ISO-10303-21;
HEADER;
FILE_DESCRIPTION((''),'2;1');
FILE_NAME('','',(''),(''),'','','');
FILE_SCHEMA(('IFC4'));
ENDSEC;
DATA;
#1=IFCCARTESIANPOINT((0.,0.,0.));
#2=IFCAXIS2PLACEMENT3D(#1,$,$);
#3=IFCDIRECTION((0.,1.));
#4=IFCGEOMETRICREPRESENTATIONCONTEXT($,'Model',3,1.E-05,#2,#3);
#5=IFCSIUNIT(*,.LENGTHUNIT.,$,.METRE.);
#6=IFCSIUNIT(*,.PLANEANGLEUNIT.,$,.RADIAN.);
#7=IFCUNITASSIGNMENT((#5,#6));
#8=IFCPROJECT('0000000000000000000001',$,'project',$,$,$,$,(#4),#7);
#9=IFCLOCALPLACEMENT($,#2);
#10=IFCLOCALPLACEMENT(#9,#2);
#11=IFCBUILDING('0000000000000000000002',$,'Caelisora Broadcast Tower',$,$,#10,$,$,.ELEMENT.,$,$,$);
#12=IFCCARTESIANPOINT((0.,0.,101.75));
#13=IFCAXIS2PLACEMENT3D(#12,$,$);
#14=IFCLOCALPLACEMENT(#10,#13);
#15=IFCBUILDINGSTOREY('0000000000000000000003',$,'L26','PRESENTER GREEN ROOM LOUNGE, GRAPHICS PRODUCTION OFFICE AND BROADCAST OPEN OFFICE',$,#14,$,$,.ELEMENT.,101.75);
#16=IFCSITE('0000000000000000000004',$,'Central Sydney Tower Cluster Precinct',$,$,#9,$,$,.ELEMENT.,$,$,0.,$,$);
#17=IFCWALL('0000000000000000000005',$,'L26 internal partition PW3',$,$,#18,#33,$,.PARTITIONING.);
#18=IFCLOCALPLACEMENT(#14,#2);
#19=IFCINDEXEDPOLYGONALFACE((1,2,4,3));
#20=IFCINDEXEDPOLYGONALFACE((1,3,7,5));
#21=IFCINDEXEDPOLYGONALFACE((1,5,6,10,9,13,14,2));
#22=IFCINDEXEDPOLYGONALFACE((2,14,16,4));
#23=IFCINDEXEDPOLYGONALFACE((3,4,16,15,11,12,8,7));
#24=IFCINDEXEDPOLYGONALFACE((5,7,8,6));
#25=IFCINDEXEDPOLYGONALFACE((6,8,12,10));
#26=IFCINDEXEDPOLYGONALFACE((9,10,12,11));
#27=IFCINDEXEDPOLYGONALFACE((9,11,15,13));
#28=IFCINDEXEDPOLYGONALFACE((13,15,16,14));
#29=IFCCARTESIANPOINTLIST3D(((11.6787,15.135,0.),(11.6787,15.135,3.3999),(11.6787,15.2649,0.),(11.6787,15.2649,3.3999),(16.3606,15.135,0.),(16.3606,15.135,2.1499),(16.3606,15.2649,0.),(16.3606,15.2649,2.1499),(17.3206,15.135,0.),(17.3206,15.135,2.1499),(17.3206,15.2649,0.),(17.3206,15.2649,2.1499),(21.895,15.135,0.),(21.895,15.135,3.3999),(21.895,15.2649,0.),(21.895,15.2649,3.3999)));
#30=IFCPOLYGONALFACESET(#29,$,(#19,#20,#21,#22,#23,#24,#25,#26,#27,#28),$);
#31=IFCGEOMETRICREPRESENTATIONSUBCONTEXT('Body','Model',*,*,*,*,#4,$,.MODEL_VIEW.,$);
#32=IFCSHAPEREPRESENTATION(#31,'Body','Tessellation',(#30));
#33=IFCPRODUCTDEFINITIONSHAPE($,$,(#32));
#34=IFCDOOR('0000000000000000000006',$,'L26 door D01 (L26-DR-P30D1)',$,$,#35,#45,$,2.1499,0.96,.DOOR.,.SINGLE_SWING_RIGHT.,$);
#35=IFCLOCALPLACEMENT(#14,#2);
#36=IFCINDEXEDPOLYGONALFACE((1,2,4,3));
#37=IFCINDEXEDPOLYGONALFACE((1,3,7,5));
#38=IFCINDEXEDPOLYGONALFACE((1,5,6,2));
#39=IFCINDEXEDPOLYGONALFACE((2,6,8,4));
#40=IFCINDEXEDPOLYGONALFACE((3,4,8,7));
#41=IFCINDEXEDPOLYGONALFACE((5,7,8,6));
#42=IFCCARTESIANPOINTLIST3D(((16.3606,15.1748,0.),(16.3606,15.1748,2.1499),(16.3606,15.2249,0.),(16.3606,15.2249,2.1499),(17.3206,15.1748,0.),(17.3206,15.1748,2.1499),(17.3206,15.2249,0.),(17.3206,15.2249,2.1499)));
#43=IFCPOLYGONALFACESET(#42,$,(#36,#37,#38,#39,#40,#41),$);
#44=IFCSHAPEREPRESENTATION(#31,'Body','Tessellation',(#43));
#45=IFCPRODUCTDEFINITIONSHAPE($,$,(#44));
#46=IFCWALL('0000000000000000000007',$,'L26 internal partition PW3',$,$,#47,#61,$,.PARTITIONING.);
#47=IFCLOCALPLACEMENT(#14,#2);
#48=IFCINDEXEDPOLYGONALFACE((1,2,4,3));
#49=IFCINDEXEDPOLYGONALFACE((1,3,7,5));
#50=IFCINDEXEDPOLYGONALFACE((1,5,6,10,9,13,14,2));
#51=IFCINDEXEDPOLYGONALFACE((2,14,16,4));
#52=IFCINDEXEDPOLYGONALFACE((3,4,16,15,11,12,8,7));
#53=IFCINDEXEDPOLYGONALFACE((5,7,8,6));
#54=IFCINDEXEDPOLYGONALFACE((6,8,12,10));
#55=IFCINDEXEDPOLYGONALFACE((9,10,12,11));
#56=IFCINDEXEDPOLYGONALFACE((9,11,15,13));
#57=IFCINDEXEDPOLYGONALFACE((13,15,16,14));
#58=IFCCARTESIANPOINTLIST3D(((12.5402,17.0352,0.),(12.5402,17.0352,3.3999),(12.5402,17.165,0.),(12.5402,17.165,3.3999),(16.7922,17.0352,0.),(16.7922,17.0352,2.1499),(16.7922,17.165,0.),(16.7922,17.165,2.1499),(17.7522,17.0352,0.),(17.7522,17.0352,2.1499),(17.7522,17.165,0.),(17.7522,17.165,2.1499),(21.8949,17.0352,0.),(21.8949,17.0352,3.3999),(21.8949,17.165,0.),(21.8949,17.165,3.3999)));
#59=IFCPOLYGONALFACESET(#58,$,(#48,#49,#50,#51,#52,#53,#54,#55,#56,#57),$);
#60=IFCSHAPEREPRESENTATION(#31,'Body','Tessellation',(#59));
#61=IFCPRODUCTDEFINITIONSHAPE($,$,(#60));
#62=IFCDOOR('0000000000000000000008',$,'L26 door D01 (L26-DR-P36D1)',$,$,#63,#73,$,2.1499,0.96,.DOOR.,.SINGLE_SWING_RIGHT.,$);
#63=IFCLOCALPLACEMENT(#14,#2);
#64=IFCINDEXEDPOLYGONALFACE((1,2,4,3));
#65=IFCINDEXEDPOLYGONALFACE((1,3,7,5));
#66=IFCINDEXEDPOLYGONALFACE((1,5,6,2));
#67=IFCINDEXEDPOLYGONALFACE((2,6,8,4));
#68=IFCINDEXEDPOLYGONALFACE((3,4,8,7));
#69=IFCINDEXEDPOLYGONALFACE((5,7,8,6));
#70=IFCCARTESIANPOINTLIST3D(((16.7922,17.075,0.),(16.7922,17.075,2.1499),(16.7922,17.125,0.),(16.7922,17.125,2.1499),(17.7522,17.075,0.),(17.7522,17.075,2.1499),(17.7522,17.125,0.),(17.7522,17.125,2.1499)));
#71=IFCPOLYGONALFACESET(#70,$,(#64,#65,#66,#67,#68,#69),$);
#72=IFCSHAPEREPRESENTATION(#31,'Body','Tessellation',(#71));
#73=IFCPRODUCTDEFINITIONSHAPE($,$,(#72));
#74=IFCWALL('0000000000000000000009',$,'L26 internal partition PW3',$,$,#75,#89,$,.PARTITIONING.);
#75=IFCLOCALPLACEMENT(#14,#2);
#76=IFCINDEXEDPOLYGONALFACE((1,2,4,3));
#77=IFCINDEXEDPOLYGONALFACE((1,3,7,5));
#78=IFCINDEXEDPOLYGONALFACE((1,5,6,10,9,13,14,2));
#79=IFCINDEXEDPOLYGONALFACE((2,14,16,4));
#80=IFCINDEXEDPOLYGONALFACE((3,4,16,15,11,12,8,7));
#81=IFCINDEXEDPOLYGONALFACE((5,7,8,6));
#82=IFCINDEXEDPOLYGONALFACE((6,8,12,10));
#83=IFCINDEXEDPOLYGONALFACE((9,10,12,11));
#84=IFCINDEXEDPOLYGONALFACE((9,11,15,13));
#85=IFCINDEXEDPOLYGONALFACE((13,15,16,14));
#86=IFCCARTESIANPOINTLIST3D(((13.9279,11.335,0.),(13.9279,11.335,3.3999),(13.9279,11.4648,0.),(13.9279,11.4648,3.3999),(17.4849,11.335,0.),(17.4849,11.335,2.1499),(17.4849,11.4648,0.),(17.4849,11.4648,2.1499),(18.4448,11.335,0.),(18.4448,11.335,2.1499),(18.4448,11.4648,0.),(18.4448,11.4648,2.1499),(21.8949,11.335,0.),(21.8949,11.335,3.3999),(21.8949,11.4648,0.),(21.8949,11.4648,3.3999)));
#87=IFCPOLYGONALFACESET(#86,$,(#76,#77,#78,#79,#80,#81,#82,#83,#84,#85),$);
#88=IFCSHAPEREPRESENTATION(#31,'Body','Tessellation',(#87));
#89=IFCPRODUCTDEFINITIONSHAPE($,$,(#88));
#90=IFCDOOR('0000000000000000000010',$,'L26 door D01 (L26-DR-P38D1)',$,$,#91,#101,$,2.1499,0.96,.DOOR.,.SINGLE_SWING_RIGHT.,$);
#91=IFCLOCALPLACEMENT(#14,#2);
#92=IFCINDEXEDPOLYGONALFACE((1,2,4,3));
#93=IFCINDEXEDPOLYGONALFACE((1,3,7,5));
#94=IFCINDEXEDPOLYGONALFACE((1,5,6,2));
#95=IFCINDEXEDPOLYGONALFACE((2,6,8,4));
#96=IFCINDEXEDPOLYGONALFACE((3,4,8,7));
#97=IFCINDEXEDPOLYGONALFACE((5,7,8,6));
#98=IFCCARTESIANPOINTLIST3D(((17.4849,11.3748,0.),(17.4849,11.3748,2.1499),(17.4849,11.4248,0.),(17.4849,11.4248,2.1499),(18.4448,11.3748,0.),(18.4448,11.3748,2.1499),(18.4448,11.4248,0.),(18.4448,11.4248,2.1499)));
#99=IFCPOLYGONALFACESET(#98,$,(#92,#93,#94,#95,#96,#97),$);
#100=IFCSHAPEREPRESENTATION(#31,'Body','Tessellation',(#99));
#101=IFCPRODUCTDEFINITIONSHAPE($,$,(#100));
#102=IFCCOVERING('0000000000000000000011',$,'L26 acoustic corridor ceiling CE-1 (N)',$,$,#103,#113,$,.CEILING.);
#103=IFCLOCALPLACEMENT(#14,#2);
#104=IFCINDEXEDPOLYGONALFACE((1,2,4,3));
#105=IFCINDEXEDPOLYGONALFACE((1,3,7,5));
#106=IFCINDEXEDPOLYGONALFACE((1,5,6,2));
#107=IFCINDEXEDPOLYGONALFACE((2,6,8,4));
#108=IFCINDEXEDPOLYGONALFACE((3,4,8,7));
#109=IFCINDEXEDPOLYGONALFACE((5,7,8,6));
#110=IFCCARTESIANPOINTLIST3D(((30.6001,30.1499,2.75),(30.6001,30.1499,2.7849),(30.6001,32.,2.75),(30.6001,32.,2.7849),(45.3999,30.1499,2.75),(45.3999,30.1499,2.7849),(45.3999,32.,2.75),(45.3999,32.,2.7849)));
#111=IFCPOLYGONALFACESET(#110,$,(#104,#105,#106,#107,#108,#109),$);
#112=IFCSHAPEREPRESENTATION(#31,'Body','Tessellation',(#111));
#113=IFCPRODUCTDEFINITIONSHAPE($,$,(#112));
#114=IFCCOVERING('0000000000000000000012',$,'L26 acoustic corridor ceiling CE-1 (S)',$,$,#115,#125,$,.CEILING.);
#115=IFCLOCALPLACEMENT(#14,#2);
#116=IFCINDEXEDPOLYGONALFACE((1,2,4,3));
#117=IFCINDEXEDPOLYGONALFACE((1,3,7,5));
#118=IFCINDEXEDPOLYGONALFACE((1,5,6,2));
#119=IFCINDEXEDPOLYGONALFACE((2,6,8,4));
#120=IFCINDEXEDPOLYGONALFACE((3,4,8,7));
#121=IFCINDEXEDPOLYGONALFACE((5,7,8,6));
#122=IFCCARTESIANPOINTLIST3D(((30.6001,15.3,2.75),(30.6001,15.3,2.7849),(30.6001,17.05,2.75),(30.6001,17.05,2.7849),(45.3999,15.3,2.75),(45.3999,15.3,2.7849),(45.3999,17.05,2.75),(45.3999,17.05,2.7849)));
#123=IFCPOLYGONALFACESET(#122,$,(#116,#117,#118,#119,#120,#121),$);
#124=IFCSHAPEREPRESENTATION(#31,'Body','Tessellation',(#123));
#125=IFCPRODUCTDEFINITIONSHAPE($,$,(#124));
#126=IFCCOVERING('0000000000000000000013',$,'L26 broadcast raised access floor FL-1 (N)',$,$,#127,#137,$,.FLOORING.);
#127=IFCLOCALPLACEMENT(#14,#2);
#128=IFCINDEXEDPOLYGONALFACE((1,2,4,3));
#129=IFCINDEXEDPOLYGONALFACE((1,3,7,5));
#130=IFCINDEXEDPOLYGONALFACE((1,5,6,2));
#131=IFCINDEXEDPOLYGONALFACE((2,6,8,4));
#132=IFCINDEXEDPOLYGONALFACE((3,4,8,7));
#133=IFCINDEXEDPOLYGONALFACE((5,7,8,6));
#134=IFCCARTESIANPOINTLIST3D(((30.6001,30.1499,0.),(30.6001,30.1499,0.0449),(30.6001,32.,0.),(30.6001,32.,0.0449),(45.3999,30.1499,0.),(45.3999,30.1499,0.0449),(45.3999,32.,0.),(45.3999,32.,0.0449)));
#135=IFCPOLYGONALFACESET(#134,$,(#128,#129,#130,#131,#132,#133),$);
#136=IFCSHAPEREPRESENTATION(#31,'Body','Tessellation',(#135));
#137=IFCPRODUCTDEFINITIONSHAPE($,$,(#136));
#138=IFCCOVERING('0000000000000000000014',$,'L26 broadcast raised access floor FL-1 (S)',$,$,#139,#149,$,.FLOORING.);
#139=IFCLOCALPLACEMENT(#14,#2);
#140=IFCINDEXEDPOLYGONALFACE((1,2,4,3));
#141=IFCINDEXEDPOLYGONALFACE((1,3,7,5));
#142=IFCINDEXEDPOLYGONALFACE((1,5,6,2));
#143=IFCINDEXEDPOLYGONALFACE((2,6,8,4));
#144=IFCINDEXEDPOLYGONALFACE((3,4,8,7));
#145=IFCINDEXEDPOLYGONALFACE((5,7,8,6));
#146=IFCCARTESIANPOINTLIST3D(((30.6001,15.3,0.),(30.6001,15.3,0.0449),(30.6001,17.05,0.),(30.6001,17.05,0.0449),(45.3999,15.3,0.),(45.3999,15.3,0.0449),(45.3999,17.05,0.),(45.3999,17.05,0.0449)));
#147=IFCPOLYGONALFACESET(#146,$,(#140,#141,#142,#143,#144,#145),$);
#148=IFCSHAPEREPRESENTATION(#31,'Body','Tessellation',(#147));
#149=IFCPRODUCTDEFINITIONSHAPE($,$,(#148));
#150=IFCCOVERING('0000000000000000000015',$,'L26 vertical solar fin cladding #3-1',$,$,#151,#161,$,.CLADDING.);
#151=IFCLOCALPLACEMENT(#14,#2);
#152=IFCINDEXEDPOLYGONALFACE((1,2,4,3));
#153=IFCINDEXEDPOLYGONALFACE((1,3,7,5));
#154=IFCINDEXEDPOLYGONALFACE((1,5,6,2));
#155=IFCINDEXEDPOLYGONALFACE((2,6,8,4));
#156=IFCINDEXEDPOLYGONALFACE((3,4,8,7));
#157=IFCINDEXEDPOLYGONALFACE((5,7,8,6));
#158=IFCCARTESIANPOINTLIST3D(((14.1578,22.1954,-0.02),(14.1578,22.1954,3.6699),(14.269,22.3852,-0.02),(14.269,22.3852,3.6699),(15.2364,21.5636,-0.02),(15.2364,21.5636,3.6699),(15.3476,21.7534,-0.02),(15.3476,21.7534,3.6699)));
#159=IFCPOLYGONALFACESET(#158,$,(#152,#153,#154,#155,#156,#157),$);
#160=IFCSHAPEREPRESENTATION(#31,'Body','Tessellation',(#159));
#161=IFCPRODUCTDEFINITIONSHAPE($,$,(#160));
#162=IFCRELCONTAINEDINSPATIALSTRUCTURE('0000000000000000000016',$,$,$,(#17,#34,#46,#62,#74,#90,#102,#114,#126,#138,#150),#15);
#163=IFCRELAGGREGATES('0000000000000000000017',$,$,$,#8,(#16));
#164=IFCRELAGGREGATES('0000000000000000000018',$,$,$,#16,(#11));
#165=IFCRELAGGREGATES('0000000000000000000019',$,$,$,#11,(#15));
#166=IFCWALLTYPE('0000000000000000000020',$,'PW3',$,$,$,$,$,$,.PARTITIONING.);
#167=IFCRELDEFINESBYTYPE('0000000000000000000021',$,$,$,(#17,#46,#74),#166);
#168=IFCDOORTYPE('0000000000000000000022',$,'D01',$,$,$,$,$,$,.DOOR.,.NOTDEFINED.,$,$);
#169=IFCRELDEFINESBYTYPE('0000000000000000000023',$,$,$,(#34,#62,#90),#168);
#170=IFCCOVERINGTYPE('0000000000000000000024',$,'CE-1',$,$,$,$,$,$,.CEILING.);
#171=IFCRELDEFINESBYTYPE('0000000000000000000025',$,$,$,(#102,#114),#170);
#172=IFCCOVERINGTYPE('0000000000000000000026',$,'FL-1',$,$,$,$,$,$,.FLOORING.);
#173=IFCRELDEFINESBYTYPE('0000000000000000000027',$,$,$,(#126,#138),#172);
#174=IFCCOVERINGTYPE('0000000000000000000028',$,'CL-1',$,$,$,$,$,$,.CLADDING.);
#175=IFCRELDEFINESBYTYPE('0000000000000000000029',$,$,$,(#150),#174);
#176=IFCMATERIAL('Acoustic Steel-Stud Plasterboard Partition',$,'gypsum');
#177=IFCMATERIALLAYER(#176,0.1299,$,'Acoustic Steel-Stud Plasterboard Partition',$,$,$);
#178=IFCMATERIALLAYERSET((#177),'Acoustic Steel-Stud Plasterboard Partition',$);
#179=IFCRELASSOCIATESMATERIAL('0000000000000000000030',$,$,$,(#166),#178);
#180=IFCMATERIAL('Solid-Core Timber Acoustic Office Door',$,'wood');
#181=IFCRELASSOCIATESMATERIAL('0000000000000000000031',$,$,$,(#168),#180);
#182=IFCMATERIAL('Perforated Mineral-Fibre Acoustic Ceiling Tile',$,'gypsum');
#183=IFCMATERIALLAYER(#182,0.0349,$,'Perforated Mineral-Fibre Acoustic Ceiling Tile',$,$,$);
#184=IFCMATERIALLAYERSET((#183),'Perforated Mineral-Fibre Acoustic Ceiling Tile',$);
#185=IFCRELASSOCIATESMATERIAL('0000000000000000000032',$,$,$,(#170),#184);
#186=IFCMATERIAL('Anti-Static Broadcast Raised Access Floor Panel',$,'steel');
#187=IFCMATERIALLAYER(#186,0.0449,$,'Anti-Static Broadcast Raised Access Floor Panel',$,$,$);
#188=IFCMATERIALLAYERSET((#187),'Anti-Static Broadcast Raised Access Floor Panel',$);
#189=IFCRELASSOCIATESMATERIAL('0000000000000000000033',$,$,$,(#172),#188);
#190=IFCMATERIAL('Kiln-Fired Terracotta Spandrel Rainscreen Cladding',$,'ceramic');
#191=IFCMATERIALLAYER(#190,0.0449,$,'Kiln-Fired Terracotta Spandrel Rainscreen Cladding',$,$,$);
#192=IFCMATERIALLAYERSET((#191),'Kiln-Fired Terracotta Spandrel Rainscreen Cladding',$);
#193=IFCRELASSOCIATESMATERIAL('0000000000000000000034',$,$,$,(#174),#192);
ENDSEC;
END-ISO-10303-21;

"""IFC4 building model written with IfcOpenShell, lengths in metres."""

from ifc_helpers import new_model, si_unit, direction, frame, frame_2d, origin, origin_2d, place, context, subcontext, project, spatial, polyline, rectangle, outline, extrude, source, transform, mapped, material, layer, layer_set, type_object, type_shapes, element, fill, save


model = new_model("IFC4")

# Units and contexts
model_context = context("Model", 3, precision=1e-05, world=origin(), true_north=direction((0.0, 1.0)))
body_context = subcontext(model_context, "Body", "Model", "MODEL_VIEW")
ifc_project = project(units=[si_unit("LENGTHUNIT", "METRE"), si_unit("PLANEANGLEUNIT", "RADIAN")], contexts=[model_context])

# Site, building, storey
site_placement = place(None, origin())
site = spatial("IfcSite", under=ifc_project, at=site_placement, Name="Central Sydney Tower Cluster Precinct", CompositionType="ELEMENT", RefElevation=0.0)
building_placement = place(site_placement, origin())
building = spatial("IfcBuilding", under=site, at=building_placement, Name="Caelisora Broadcast Tower", CompositionType="ELEMENT")
storey_placement = place(building_placement, frame((0.0, 0.0, 101.75)))
storey = spatial("IfcBuildingStorey", under=building, at=storey_placement, Name="L26", Description="PRESENTER GREEN ROOM LOUNGE, GRAPHICS PRODUCTION OFFICE AND BROADCAST OPEN OFFICE", CompositionType="ELEMENT", Elevation=101.75)

# Walls, openings, doors
ifc_material_1 = material(Name="Acoustic Steel-Stud Plasterboard Partition", Category="gypsum")
ifc_layer_1 = layer(ifc_material_1, 0.1299, Name="Acoustic Steel-Stud Plasterboard Partition")
ifc_layer_set_1 = layer_set([ifc_layer_1], Name="Acoustic Steel-Stud Plasterboard Partition")
wall_type_1 = type_object("IfcWallType", Name="PW3", PredefinedType="PARTITIONING", material=ifc_layer_set_1)
wall_1_placement = place(storey_placement, frame((11.6787, 15.2, 0.0), z_axis=(0.0, 0.0, 1.0), x_axis=(1.0, 0.0, 0.0)))
wall_1 = element("IfcWall", 1, at=wall_1_placement, inside=storey, type_object=wall_type_1, Name="L26 internal partition PW3", PredefinedType="PARTITIONING", context=body_context, shape_type="SweptSolid", body=[
    extrude(rectangle(XDim=10.2163, YDim=0.1299, at=frame_2d((5.1082, 0.0))), origin(), (0.0, 0.0, 1.0), 3.3999),
])
opening_1_placement = place(wall_1_placement, frame((4.6819, 0.0, 0.0)))
opening_1 = element("IfcOpeningElement", 2, at=opening_1_placement, cuts=wall_1, PredefinedType="OPENING", context=body_context, shape_type="SweptSolid", body=[
    extrude(rectangle(XDim=0.96, YDim=2.1499, at=frame_2d((0.48, 1.075))), frame((0.0, 0.0769, 0.0), z_axis=(0.0, -1.0, 0.0), x_axis=(1.0, 0.0, 0.0)), (0.0, 0.0, 1.0), 0.1538),
])
ifc_material_2 = material(Name="Solid-Core Timber Acoustic Office Door", Category="wood")
door_type = type_object("IfcDoorType", Name="D01", OperationType="NOTDEFINED", PredefinedType="DOOR", material=ifc_material_2)
door_1_placement = place(opening_1_placement, origin())
door_1 = element("IfcDoor", 3, at=door_1_placement, inside=storey, type_object=door_type, Name="L26 door D01 (L26-DR-P30D1)", OperationType="SINGLE_SWING_RIGHT", OverallHeight=2.1499, OverallWidth=0.96, PredefinedType="DOOR", context=body_context, shape_type="SweptSolid", body=[
    extrude(rectangle(XDim=0.96, YDim=2.1499, at=frame_2d((0.48, 1.075))), frame((0.0, 0.0249, 0.0), z_axis=(0.0, -1.0, 0.0), x_axis=(1.0, 0.0, 0.0)), (0.0, 0.0, 1.0), 0.05),
])
fill(opening_1, door_1)
wall_2_placement = place(storey_placement, frame((12.5403, 17.1001, 0.0), z_axis=(0.0, 0.0, 1.0), x_axis=(1.0, 0.0, 0.0)))
wall_2 = element("IfcWall", 4, at=wall_2_placement, inside=storey, type_object=wall_type_1, Name="L26 internal partition PW3", PredefinedType="PARTITIONING", context=body_context, shape_type="SweptSolid", body=[
    extrude(rectangle(XDim=9.3547, YDim=0.1299, at=frame_2d((4.6772, 0.0))), origin(), (0.0, 0.0, 1.0), 3.3999),
])
opening_2_placement = place(wall_2_placement, frame((4.252, 0.0, 0.0)))
opening_2 = element("IfcOpeningElement", 5, at=opening_2_placement, cuts=wall_2, PredefinedType="OPENING", context=body_context, shape_type="SweptSolid", body=[
    extrude(rectangle(XDim=0.96, YDim=2.1499, at=frame_2d((0.48, 1.075))), frame((0.0, 0.0769, 0.0), z_axis=(0.0, -1.0, 0.0), x_axis=(1.0, 0.0, 0.0)), (0.0, 0.0, 1.0), 0.1538),
])
door_2_placement = place(opening_2_placement, origin())
door_2 = element("IfcDoor", 6, at=door_2_placement, inside=storey, type_object=door_type, Name="L26 door D01 (L26-DR-P36D1)", OperationType="SINGLE_SWING_RIGHT", OverallHeight=2.1499, OverallWidth=0.96, PredefinedType="DOOR", context=body_context, shape_type="SweptSolid", body=[
    extrude(rectangle(XDim=0.96, YDim=2.1499, at=frame_2d((0.48, 1.075))), frame((0.0, 0.0249, 0.0), z_axis=(0.0, -1.0, 0.0), x_axis=(1.0, 0.0, 0.0)), (0.0, 0.0, 1.0), 0.05),
])
fill(opening_2, door_2)
wall_3_placement = place(storey_placement, frame((13.928, 11.3999, 0.0), z_axis=(0.0, 0.0, 1.0), x_axis=(1.0, 0.0, 0.0)))
wall_3 = element("IfcWall", 7, at=wall_3_placement, inside=storey, type_object=wall_type_1, Name="L26 internal partition PW3", PredefinedType="PARTITIONING", context=body_context, shape_type="SweptSolid", body=[
    extrude(rectangle(XDim=7.967, YDim=0.1299, at=frame_2d((3.9834, 0.0))), origin(), (0.0, 0.0, 1.0), 3.3999),
])
opening_3_placement = place(wall_3_placement, frame((3.5569, 0.0, 0.0)))
opening_3 = element("IfcOpeningElement", 8, at=opening_3_placement, cuts=wall_3, PredefinedType="OPENING", context=body_context, shape_type="SweptSolid", body=[
    extrude(rectangle(XDim=0.96, YDim=2.1499, at=frame_2d((0.48, 1.075))), frame((0.0, 0.0769, 0.0), z_axis=(0.0, -1.0, 0.0), x_axis=(1.0, 0.0, 0.0)), (0.0, 0.0, 1.0), 0.1538),
])
door_3_placement = place(opening_3_placement, origin())
door_3 = element("IfcDoor", 9, at=door_3_placement, inside=storey, type_object=door_type, Name="L26 door D01 (L26-DR-P38D1)", OperationType="SINGLE_SWING_RIGHT", OverallHeight=2.1499, OverallWidth=0.96, PredefinedType="DOOR", context=body_context, shape_type="SweptSolid", body=[
    extrude(rectangle(XDim=0.96, YDim=2.1499, at=frame_2d((0.48, 1.075))), frame((0.0, 0.0249, 0.0), z_axis=(0.0, -1.0, 0.0), x_axis=(1.0, 0.0, 0.0)), (0.0, 0.0, 1.0), 0.05),
])
fill(opening_3, door_3)

# Coverings
ifc_material_3 = material(Name="Perforated Mineral-Fibre Acoustic Ceiling Tile", Category="gypsum")
ifc_layer_2 = layer(ifc_material_3, 0.0349, Name="Perforated Mineral-Fibre Acoustic Ceiling Tile")
ifc_layer_set_2 = layer_set([ifc_layer_2], Name="Perforated Mineral-Fibre Acoustic Ceiling Tile")
covering_type_1 = type_object("IfcCoveringType", Name="CE-1", PredefinedType="CEILING", material=ifc_layer_set_2)
covering_1_placement = place(storey_placement, frame((0.0, 0.0, 2.75)))
element("IfcCovering", 10, at=covering_1_placement, inside=storey, type_object=covering_type_1, Name="L26 acoustic corridor ceiling CE-1 (N)", PredefinedType="CEILING", context=body_context, shape_type="SweptSolid", body=[
    extrude(outline(polyline([(30.6001, 30.1499), (45.3999, 30.1499), (45.3999, 32.0), (30.6001, 32.0), (30.6001, 30.1499)])), origin(), (0.0, 0.0, 1.0), 0.0349),
])
covering_2_placement = place(storey_placement, frame((0.0, 0.0, 2.75)))
element("IfcCovering", 11, at=covering_2_placement, inside=storey, type_object=covering_type_1, Name="L26 acoustic corridor ceiling CE-1 (S)", PredefinedType="CEILING", context=body_context, shape_type="SweptSolid", body=[
    extrude(outline(polyline([(30.6001, 15.3), (45.3999, 15.3), (45.3999, 17.05), (30.6001, 17.05), (30.6001, 15.3)])), origin(), (0.0, 0.0, 1.0), 0.0349),
])
ifc_material_4 = material(Name="Anti-Static Broadcast Raised Access Floor Panel", Category="steel")
ifc_layer_3 = layer(ifc_material_4, 0.0449, Name="Anti-Static Broadcast Raised Access Floor Panel")
ifc_layer_set_3 = layer_set([ifc_layer_3], Name="Anti-Static Broadcast Raised Access Floor Panel")
covering_type_2 = type_object("IfcCoveringType", Name="FL-1", PredefinedType="FLOORING", material=ifc_layer_set_3)
covering_3_placement = place(storey_placement, origin())
element("IfcCovering", 12, at=covering_3_placement, inside=storey, type_object=covering_type_2, Name="L26 broadcast raised access floor FL-1 (N)", PredefinedType="FLOORING", context=body_context, shape_type="SweptSolid", body=[
    extrude(outline(polyline([(30.6001, 30.1499), (45.3999, 30.1499), (45.3999, 32.0), (30.6001, 32.0), (30.6001, 30.1499)])), origin(), (0.0, 0.0, 1.0), 0.0449),
])
covering_4_placement = place(storey_placement, origin())
element("IfcCovering", 13, at=covering_4_placement, inside=storey, type_object=covering_type_2, Name="L26 broadcast raised access floor FL-1 (S)", PredefinedType="FLOORING", context=body_context, shape_type="SweptSolid", body=[
    extrude(outline(polyline([(30.6001, 15.3), (45.3999, 15.3), (45.3999, 17.05), (30.6001, 17.05), (30.6001, 15.3)])), origin(), (0.0, 0.0, 1.0), 0.0449),
])
ifc_material_5 = material(Name="Kiln-Fired Terracotta Spandrel Rainscreen Cladding", Category="ceramic")
ifc_layer_4 = layer(ifc_material_5, 0.0449, Name="Kiln-Fired Terracotta Spandrel Rainscreen Cladding")
ifc_layer_set_4 = layer_set([ifc_layer_4], Name="Kiln-Fired Terracotta Spandrel Rainscreen Cladding")
covering_type_3 = type_object("IfcCoveringType", Name="CL-1", PredefinedType="CLADDING", material=ifc_layer_set_4)
shared_shape_1 = source(origin(), body_context, "Body", "SweptSolid", [
    extrude(rectangle(XDim=0.22, YDim=1.25, at=origin_2d()), origin(), (0.0, 0.0, 1.0), 3.6899),
])
type_shapes(covering_type_3, [shared_shape_1])
covering_5_placement = place(storey_placement, frame((14.7527, 21.9744, -0.02), z_axis=(0.0, 0.0, 1.0), x_axis=(0.505431, 0.862867, 0.0)))
element("IfcCovering", 14, at=covering_5_placement, inside=storey, type_object=covering_type_3, Name="L26 vertical solar fin cladding #3-1", PredefinedType="CLADDING", context=body_context, shape_type="MappedRepresentation", body=[
    mapped(shared_shape_1, transform((0.0, 0.0, 0.0), scale=1.0)),
])

save(model, "model.ifc")
